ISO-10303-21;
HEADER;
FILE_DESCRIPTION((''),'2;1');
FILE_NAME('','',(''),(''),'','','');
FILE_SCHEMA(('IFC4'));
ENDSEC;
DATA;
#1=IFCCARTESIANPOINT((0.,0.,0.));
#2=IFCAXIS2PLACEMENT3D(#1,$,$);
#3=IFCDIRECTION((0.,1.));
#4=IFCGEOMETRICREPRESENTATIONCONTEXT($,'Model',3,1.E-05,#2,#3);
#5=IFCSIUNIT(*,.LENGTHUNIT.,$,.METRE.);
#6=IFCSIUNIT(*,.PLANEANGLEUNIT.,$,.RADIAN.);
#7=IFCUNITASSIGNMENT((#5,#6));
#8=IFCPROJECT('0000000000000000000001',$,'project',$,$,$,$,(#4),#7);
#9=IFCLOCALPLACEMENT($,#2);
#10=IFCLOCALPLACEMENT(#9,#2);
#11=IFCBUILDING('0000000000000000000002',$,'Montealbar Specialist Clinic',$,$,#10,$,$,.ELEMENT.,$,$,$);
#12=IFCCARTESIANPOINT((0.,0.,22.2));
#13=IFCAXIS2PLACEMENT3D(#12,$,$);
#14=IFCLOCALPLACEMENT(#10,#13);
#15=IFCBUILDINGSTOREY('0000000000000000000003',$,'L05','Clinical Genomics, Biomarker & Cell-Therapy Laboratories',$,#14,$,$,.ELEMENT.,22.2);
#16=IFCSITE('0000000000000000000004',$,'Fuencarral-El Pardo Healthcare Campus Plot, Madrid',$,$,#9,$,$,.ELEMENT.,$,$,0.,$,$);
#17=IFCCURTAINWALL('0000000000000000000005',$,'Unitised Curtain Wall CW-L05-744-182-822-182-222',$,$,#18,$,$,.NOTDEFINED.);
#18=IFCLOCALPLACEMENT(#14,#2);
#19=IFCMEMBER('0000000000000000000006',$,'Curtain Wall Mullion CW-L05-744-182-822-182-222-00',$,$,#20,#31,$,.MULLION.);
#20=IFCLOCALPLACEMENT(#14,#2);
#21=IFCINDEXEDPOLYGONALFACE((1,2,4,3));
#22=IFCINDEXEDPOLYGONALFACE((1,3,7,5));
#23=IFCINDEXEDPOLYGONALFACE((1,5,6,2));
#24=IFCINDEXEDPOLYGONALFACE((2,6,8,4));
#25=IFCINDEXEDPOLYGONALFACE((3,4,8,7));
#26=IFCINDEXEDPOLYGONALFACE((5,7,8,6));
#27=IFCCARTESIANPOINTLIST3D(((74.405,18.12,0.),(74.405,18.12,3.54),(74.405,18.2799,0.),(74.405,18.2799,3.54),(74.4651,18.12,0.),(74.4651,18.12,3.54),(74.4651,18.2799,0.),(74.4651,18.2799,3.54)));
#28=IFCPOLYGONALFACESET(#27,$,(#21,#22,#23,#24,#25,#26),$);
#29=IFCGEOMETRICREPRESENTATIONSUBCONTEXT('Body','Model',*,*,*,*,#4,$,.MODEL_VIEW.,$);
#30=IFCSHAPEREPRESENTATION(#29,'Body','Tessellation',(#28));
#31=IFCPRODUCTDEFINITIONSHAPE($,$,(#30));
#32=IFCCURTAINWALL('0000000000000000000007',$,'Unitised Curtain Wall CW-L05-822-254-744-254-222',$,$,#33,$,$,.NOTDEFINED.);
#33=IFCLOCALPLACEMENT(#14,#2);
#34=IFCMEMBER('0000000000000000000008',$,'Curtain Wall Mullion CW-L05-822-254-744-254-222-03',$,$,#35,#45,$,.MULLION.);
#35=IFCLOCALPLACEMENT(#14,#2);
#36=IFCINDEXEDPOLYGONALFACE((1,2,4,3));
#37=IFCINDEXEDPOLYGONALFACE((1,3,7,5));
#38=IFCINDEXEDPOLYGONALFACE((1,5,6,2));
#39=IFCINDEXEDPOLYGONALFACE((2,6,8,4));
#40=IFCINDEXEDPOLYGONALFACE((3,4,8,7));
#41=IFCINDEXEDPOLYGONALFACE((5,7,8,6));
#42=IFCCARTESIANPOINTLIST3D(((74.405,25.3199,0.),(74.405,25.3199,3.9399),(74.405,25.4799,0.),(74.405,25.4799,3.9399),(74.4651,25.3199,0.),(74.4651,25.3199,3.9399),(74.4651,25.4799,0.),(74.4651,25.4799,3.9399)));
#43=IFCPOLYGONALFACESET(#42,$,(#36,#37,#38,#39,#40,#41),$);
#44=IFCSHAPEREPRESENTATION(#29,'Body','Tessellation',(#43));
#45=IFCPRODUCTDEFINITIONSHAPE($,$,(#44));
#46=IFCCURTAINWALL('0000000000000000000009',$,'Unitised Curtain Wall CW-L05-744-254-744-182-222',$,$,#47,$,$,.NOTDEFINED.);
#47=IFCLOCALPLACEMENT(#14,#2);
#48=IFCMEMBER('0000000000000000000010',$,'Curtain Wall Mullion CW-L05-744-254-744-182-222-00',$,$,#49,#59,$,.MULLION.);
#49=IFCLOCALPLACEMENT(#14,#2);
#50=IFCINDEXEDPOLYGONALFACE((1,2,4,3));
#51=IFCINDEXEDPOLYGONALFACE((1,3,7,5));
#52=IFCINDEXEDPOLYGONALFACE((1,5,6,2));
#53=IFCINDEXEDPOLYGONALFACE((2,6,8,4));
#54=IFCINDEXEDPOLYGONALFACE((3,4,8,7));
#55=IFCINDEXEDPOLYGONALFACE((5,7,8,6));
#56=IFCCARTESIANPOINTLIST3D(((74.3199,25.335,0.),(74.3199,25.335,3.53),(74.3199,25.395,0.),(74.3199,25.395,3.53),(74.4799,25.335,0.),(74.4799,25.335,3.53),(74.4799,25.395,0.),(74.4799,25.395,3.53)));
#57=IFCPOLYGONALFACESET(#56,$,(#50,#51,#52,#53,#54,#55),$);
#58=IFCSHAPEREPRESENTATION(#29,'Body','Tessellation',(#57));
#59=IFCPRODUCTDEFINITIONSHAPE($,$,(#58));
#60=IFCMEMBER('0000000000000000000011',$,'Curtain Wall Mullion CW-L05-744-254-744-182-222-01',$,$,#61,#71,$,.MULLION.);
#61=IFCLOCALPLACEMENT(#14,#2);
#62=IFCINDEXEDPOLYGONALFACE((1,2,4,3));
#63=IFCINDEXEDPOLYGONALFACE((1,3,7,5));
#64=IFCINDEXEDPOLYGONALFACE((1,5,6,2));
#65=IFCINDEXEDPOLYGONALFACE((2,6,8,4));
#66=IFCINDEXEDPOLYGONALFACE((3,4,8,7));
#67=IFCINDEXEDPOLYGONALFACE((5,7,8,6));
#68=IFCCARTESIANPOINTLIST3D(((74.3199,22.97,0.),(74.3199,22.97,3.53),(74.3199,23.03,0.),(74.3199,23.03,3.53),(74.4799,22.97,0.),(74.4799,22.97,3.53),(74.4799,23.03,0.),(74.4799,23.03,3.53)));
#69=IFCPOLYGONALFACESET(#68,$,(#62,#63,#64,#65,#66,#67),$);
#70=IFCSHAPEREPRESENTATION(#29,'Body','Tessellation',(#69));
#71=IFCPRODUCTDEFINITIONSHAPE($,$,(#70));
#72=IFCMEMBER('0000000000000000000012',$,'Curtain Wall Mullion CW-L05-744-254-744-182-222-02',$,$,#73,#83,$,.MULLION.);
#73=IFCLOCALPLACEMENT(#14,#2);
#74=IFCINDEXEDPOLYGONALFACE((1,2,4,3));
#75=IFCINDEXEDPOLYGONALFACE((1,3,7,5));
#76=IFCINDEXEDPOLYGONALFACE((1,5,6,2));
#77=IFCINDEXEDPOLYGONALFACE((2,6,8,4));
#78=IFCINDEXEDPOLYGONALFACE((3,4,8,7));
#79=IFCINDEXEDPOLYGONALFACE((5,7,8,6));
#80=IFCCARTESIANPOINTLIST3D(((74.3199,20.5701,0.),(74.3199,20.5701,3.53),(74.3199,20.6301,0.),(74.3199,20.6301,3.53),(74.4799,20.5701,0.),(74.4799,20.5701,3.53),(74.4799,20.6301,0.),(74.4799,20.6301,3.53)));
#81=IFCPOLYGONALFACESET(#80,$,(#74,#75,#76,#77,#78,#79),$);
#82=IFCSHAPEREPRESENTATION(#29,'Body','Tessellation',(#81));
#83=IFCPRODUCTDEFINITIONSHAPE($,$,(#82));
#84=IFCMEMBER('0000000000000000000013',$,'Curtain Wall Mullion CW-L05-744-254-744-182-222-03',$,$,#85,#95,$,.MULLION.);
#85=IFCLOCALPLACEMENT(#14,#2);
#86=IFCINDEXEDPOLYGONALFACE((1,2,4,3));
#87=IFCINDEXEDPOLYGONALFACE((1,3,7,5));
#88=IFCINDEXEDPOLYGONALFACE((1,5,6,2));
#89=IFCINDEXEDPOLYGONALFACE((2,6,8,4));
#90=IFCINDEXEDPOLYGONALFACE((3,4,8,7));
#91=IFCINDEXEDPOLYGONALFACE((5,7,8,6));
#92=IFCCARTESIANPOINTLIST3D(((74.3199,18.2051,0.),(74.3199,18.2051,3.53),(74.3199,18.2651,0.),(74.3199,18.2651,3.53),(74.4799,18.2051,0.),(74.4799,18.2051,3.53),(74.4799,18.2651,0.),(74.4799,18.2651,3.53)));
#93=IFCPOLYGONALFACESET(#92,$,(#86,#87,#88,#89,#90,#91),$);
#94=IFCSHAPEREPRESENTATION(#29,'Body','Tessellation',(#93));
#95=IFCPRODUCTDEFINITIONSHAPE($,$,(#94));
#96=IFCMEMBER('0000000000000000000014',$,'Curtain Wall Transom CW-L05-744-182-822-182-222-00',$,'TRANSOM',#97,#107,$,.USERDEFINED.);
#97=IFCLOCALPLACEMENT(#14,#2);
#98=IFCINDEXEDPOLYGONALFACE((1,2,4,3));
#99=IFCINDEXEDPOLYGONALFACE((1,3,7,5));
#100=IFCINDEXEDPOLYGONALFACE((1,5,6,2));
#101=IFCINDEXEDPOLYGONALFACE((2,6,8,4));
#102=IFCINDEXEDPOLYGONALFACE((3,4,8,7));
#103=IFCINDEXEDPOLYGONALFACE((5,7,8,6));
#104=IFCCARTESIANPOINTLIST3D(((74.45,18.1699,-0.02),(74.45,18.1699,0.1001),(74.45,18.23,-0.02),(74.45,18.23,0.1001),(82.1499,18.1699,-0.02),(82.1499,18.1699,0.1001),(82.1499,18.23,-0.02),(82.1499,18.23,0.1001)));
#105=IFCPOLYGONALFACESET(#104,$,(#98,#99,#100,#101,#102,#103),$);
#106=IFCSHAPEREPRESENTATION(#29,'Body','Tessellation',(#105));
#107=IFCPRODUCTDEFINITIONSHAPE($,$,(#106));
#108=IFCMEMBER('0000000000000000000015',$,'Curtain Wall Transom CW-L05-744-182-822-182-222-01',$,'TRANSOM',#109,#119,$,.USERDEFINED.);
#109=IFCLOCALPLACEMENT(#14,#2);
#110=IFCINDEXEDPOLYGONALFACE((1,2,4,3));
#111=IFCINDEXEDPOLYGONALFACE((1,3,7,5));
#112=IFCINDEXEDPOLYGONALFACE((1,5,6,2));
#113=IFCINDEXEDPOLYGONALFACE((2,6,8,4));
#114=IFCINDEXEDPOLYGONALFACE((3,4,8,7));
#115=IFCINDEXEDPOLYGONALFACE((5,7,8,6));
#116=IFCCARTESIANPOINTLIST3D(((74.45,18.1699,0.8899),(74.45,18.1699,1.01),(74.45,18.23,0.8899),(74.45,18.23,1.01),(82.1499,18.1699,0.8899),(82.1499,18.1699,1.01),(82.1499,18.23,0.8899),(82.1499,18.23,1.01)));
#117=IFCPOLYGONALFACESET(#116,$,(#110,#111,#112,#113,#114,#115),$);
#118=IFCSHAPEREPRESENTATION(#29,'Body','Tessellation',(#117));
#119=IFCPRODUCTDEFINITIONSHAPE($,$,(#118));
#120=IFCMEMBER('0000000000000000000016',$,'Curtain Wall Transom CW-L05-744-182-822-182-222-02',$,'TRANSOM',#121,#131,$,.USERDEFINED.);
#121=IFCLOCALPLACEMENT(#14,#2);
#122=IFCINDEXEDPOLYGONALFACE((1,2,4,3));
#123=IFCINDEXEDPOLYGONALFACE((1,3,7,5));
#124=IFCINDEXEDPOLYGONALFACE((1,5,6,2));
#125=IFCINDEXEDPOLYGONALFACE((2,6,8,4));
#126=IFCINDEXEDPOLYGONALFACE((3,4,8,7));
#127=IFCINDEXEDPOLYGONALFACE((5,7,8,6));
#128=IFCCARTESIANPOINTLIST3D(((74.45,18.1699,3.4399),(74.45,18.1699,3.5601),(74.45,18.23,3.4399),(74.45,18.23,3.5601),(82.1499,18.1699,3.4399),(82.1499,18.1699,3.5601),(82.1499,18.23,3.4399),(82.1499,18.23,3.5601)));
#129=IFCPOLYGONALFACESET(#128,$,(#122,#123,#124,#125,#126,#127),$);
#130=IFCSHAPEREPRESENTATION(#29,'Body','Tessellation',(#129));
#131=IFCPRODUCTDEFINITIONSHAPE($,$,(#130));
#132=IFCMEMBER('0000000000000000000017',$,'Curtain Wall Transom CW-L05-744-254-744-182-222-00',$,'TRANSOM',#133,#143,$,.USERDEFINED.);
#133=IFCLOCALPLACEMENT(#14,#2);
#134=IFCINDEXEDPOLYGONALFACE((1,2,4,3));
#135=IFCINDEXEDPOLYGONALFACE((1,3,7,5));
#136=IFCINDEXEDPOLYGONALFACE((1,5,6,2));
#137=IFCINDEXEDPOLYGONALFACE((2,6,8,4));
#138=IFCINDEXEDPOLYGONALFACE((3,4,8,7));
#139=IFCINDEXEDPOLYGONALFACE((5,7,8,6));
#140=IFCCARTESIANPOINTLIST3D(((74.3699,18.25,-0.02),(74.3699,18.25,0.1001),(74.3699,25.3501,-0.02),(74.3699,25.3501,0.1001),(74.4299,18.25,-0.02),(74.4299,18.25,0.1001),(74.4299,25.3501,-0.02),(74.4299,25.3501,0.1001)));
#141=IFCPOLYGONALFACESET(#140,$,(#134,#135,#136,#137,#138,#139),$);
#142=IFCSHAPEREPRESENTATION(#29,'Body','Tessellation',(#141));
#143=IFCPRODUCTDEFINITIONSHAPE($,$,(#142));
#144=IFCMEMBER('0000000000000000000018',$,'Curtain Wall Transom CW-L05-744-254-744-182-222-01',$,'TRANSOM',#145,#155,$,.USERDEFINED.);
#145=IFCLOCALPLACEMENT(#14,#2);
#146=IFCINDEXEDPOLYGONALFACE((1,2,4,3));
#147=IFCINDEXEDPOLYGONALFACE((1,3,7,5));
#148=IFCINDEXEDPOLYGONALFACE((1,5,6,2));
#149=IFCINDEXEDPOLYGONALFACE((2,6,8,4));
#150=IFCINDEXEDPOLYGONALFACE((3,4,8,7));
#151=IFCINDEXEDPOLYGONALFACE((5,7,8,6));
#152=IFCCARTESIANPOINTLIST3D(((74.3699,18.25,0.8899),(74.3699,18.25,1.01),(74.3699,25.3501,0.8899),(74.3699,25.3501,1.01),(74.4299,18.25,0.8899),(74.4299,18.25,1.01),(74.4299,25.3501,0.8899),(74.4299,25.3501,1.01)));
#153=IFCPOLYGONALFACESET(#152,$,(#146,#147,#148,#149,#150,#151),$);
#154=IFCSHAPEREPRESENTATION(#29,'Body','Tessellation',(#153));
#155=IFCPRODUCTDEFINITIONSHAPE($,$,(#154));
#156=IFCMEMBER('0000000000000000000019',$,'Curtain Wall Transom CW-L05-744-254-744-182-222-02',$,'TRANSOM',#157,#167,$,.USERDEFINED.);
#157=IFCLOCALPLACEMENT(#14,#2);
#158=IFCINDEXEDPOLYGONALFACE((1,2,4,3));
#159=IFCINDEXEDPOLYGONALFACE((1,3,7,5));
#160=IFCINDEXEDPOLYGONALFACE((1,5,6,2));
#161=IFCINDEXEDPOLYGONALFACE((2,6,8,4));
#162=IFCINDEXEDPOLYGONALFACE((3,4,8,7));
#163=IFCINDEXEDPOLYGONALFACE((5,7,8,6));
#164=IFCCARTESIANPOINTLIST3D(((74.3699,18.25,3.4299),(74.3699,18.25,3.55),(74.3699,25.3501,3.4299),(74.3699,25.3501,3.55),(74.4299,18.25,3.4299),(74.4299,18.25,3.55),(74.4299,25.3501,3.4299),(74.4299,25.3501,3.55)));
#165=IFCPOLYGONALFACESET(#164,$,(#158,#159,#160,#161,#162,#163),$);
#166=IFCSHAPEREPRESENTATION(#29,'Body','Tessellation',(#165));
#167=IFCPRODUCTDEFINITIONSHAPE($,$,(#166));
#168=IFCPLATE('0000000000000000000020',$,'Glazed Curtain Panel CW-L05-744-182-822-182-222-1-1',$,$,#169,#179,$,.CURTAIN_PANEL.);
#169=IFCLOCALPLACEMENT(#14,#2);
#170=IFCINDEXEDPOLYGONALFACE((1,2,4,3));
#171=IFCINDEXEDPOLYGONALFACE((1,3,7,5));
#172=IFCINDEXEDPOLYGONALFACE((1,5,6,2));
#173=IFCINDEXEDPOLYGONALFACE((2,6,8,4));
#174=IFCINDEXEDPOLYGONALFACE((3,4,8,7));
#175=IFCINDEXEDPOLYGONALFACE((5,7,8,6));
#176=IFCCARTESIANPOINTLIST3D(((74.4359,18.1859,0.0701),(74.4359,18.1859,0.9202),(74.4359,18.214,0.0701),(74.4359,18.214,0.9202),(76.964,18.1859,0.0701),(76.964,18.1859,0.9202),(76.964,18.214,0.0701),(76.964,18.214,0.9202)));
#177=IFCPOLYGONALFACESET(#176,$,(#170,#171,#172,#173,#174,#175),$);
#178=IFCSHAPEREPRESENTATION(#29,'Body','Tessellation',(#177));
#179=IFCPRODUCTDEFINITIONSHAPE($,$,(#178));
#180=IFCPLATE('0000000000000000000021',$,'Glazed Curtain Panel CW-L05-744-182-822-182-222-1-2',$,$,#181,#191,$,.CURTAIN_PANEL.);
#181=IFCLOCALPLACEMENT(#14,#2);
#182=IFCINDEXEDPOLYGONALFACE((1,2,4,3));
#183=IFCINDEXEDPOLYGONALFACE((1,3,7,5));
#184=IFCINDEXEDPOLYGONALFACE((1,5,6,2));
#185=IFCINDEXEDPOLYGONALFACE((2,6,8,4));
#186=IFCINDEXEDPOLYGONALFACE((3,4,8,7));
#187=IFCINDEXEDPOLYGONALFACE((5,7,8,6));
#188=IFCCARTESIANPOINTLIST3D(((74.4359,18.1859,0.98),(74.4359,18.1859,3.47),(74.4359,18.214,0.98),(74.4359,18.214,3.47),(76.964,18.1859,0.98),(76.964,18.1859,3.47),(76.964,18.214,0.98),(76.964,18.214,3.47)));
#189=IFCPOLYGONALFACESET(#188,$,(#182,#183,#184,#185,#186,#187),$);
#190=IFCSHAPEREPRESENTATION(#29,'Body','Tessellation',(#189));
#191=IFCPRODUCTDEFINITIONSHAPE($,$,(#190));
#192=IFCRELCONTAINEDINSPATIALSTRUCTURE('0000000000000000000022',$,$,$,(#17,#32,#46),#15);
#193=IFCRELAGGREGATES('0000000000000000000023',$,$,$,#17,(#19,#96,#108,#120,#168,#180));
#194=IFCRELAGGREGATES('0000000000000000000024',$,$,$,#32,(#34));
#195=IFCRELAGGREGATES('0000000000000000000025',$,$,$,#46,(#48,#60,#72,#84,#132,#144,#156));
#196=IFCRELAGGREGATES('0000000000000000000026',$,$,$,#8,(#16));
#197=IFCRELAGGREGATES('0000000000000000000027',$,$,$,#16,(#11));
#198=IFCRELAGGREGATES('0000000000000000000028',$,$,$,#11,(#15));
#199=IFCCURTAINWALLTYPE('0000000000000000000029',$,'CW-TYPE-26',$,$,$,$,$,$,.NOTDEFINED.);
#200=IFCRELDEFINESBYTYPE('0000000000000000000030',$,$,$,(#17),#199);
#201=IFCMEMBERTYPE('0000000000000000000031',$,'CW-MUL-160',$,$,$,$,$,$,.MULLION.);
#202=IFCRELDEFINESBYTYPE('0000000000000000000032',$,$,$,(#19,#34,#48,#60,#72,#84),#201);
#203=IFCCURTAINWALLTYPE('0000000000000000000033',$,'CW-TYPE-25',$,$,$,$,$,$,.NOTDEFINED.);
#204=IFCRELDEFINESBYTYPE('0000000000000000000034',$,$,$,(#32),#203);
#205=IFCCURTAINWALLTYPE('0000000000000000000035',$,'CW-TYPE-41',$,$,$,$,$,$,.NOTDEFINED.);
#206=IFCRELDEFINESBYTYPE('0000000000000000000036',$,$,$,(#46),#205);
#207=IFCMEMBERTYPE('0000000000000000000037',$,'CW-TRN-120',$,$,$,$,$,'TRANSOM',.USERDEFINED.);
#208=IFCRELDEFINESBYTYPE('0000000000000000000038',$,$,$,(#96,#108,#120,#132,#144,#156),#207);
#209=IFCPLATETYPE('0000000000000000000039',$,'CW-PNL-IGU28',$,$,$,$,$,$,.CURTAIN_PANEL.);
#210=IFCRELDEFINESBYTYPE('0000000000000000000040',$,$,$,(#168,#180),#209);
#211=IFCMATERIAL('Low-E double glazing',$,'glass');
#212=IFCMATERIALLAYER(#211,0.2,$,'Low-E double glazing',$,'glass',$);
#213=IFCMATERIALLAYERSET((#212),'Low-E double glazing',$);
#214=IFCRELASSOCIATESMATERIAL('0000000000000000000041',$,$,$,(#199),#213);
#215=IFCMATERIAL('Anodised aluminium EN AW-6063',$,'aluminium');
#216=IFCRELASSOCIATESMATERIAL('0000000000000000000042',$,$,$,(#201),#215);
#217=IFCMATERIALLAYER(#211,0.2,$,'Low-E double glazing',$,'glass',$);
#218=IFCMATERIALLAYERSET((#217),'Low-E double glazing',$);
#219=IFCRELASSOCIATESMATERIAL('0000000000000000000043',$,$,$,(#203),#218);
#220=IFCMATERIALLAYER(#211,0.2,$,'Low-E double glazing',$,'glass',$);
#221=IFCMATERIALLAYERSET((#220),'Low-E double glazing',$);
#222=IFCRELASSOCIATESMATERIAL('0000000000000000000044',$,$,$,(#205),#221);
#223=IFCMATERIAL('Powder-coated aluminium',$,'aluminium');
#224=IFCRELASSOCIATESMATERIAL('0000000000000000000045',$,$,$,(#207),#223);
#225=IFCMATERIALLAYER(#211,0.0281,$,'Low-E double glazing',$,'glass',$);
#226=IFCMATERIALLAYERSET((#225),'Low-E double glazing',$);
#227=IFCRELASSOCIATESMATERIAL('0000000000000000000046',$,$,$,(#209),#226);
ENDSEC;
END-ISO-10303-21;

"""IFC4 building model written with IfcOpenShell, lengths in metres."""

from ifc_helpers import new_model, si_unit, direction, frame, origin, origin_2d, place, context, subcontext, project, spatial, rectangle, extrude, material, layer, layer_set, material_profile, profile_set, type_object, element, aggregate, save


model = new_model("IFC4")

# Units and contexts
model_context = context("Model", 3, precision=1e-05, world=origin(), true_north=direction((0.0, 1.0)))
body_context = subcontext(model_context, "Body", "Model", "MODEL_VIEW")
ifc_project = project(units=[si_unit("LENGTHUNIT", "METRE"), si_unit("PLANEANGLEUNIT", "RADIAN")], contexts=[model_context])

# Site, building, storey
site_placement = place(None, origin())
site = spatial("IfcSite", under=ifc_project, at=site_placement, Name="Fuencarral-El Pardo Healthcare Campus Plot, Madrid", CompositionType="ELEMENT", RefElevation=0.0)
building_placement = place(site_placement, origin())
building = spatial("IfcBuilding", under=site, at=building_placement, Name="Montealbar Specialist Clinic", CompositionType="ELEMENT")
storey_placement = place(building_placement, frame((0.0, 0.0, 22.2)))
storey = spatial("IfcBuildingStorey", under=building, at=storey_placement, Name="L05", Description="Clinical Genomics, Biomarker & Cell-Therapy Laboratories", CompositionType="ELEMENT", Elevation=22.2)

# Curtain walls, members
ifc_material_1 = material(Name="Low-E double glazing", Category="glass")
ifc_layer_1 = layer(ifc_material_1, 0.2, Name="Low-E double glazing", Category="glass")
ifc_layer_set_1 = layer_set([ifc_layer_1], Name="Low-E double glazing")
curtain_wall_type_1 = type_object("IfcCurtainWallType", Name="CW-TYPE-26", PredefinedType="NOTDEFINED", material=ifc_layer_set_1)
curtain_wall_1_placement = place(storey_placement, origin())
curtain_wall_1 = element("IfcCurtainWall", 1, at=curtain_wall_1_placement, inside=storey, type_object=curtain_wall_type_1, Name="Unitised Curtain Wall CW-L05-744-182-822-182-222", PredefinedType="NOTDEFINED")
ifc_material_2 = material(Name="Anodised aluminium EN AW-6063", Category="aluminium")
ifc_material_profile_1 = material_profile(ifc_material_2, rectangle(XDim=0.0601, YDim=0.1599, at=origin_2d()), Name="ALU 60x160", Category="aluminium")
ifc_profile_set_1 = profile_set([ifc_material_profile_1], Name="Anodised aluminium EN AW-6063")
member_type_1 = type_object("IfcMemberType", Name="CW-MUL-160", PredefinedType="MULLION", material=ifc_profile_set_1)
member_1_placement = place(storey_placement, frame((74.4351, 18.2, 0.0), z_axis=(0.0, 0.0, 1.0), x_axis=(1.0, 0.0, 0.0)))
member_1 = element("IfcMember", 2, at=member_1_placement, type_object=member_type_1, Name="Curtain Wall Mullion CW-L05-744-182-822-182-222-00", PredefinedType="MULLION", context=body_context, shape_type="SweptSolid", body=[
    extrude(rectangle(XDim=0.0601, YDim=0.1599, at=origin_2d()), origin(), (0.0, 0.0, 1.0), 3.54),
])
ifc_layer_2 = layer(ifc_material_1, 0.2, Name="Low-E double glazing", Category="glass")
ifc_layer_set_2 = layer_set([ifc_layer_2], Name="Low-E double glazing")
curtain_wall_type_2 = type_object("IfcCurtainWallType", Name="CW-TYPE-25", PredefinedType="NOTDEFINED", material=ifc_layer_set_2)
curtain_wall_2_placement = place(storey_placement, origin())
curtain_wall_2 = element("IfcCurtainWall", 3, at=curtain_wall_2_placement, inside=storey, type_object=curtain_wall_type_2, Name="Unitised Curtain Wall CW-L05-822-254-744-254-222", PredefinedType="NOTDEFINED")
member_2_placement = place(storey_placement, frame((74.4351, 25.3999, 0.0), z_axis=(0.0, 0.0, 1.0), x_axis=(-1.0, 0.0, 0.0)))
member_2 = element("IfcMember", 4, at=member_2_placement, type_object=member_type_1, Name="Curtain Wall Mullion CW-L05-822-254-744-254-222-03", PredefinedType="MULLION", context=body_context, shape_type="SweptSolid", body=[
    extrude(rectangle(XDim=0.0601, YDim=0.1599, at=origin_2d()), origin(), (0.0, 0.0, 1.0), 3.9399),
])

# Curtain wall, members
ifc_layer_3 = layer(ifc_material_1, 0.2, Name="Low-E double glazing", Category="glass")
ifc_layer_set_3 = layer_set([ifc_layer_3], Name="Low-E double glazing")
curtain_wall_type_3 = type_object("IfcCurtainWallType", Name="CW-TYPE-41", PredefinedType="NOTDEFINED", material=ifc_layer_set_3)
curtain_wall_3_placement = place(storey_placement, origin())
curtain_wall_3 = element("IfcCurtainWall", 5, at=curtain_wall_3_placement, inside=storey, type_object=curtain_wall_type_3, Name="Unitised Curtain Wall CW-L05-744-254-744-182-222", PredefinedType="NOTDEFINED")
member_3_placement = place(storey_placement, frame((74.3999, 25.365, 0.0), z_axis=(0.0, 0.0, 1.0), x_axis=(0.0, -1.0, 0.0)))
member_3 = element("IfcMember", 6, at=member_3_placement, type_object=member_type_1, Name="Curtain Wall Mullion CW-L05-744-254-744-182-222-00", PredefinedType="MULLION", context=body_context, shape_type="SweptSolid", body=[
    extrude(rectangle(XDim=0.0601, YDim=0.1599, at=origin_2d()), origin(), (0.0, 0.0, 1.0), 3.53),
])
member_4_placement = place(storey_placement, frame((74.3999, 23.0, 0.0), z_axis=(0.0, 0.0, 1.0), x_axis=(0.0, -1.0, 0.0)))
member_4 = element("IfcMember", 7, at=member_4_placement, type_object=member_type_1, Name="Curtain Wall Mullion CW-L05-744-254-744-182-222-01", PredefinedType="MULLION", context=body_context, shape_type="SweptSolid", body=[
    extrude(rectangle(XDim=0.0601, YDim=0.1599, at=origin_2d()), origin(), (0.0, 0.0, 1.0), 3.53),
])
member_5_placement = place(storey_placement, frame((74.3999, 20.6001, 0.0), z_axis=(0.0, 0.0, 1.0), x_axis=(0.0, -1.0, 0.0)))
member_5 = element("IfcMember", 8, at=member_5_placement, type_object=member_type_1, Name="Curtain Wall Mullion CW-L05-744-254-744-182-222-02", PredefinedType="MULLION", context=body_context, shape_type="SweptSolid", body=[
    extrude(rectangle(XDim=0.0601, YDim=0.1599, at=origin_2d()), origin(), (0.0, 0.0, 1.0), 3.53),
])
member_6_placement = place(storey_placement, frame((74.3999, 18.2351, 0.0), z_axis=(0.0, 0.0, 1.0), x_axis=(0.0, -1.0, 0.0)))
member_6 = element("IfcMember", 9, at=member_6_placement, type_object=member_type_1, Name="Curtain Wall Mullion CW-L05-744-254-744-182-222-03", PredefinedType="MULLION", context=body_context, shape_type="SweptSolid", body=[
    extrude(rectangle(XDim=0.0601, YDim=0.1599, at=origin_2d()), origin(), (0.0, 0.0, 1.0), 3.53),
])

# Members
ifc_material_3 = material(Name="Powder-coated aluminium", Category="aluminium")
ifc_material_profile_2 = material_profile(ifc_material_3, rectangle(XDim=0.0601, YDim=0.1201, at=origin_2d()), Name="ALU 60x120", Category="aluminium")
ifc_profile_set_2 = profile_set([ifc_material_profile_2], Name="Powder-coated aluminium")
member_type_2 = type_object("IfcMemberType", Name="CW-TRN-120", ElementType="TRANSOM", PredefinedType="USERDEFINED", material=ifc_profile_set_2)
member_7_placement = place(storey_placement, frame((74.45, 18.2, 0.04), z_axis=(1.0, 0.0, 0.0), x_axis=(0.0, 1.0, 0.0)))
member_7 = element("IfcMember", 10, at=member_7_placement, type_object=member_type_2, Name="Curtain Wall Transom CW-L05-744-182-822-182-222-00", ObjectType="TRANSOM", PredefinedType="USERDEFINED", context=body_context, shape_type="SweptSolid", body=[
    extrude(rectangle(XDim=0.0601, YDim=0.1201, at=origin_2d()), origin(), (0.0, 0.0, 1.0), 7.7),
])
member_8_placement = place(storey_placement, frame((74.45, 18.2, 0.95), z_axis=(1.0, 0.0, 0.0), x_axis=(0.0, 1.0, 0.0)))
member_8 = element("IfcMember", 11, at=member_8_placement, type_object=member_type_2, Name="Curtain Wall Transom CW-L05-744-182-822-182-222-01", ObjectType="TRANSOM", PredefinedType="USERDEFINED", context=body_context, shape_type="SweptSolid", body=[
    extrude(rectangle(XDim=0.0601, YDim=0.1201, at=origin_2d()), origin(), (0.0, 0.0, 1.0), 7.7),
])
member_9_placement = place(storey_placement, frame((74.45, 18.2, 3.5), z_axis=(1.0, 0.0, 0.0), x_axis=(0.0, 1.0, 0.0)))
member_9 = element("IfcMember", 12, at=member_9_placement, type_object=member_type_2, Name="Curtain Wall Transom CW-L05-744-182-822-182-222-02", ObjectType="TRANSOM", PredefinedType="USERDEFINED", context=body_context, shape_type="SweptSolid", body=[
    extrude(rectangle(XDim=0.0601, YDim=0.1201, at=origin_2d()), origin(), (0.0, 0.0, 1.0), 7.7),
])
member_10_placement = place(storey_placement, frame((74.3999, 25.3501, 0.04), z_axis=(0.0, -1.0, 0.0), x_axis=(1.0, 0.0, 0.0)))
member_10 = element("IfcMember", 13, at=member_10_placement, type_object=member_type_2, Name="Curtain Wall Transom CW-L05-744-254-744-182-222-00", ObjectType="TRANSOM", PredefinedType="USERDEFINED", context=body_context, shape_type="SweptSolid", body=[
    extrude(rectangle(XDim=0.0601, YDim=0.1201, at=origin_2d()), origin(), (0.0, 0.0, 1.0), 7.1001),
])
member_11_placement = place(storey_placement, frame((74.3999, 25.3501, 0.95), z_axis=(0.0, -1.0, 0.0), x_axis=(1.0, 0.0, 0.0)))
member_11 = element("IfcMember", 14, at=member_11_placement, type_object=member_type_2, Name="Curtain Wall Transom CW-L05-744-254-744-182-222-01", ObjectType="TRANSOM", PredefinedType="USERDEFINED", context=body_context, shape_type="SweptSolid", body=[
    extrude(rectangle(XDim=0.0601, YDim=0.1201, at=origin_2d()), origin(), (0.0, 0.0, 1.0), 7.1001),
])
member_12_placement = place(storey_placement, frame((74.3999, 25.3501, 3.49), z_axis=(0.0, -1.0, 0.0), x_axis=(1.0, 0.0, 0.0)))
member_12 = element("IfcMember", 15, at=member_12_placement, type_object=member_type_2, Name="Curtain Wall Transom CW-L05-744-254-744-182-222-02", ObjectType="TRANSOM", PredefinedType="USERDEFINED", context=body_context, shape_type="SweptSolid", body=[
    extrude(rectangle(XDim=0.0601, YDim=0.1201, at=origin_2d()), origin(), (0.0, 0.0, 1.0), 7.1001),
])

# Plates
ifc_layer_4 = layer(ifc_material_1, 0.0281, Name="Low-E double glazing", Category="glass")
ifc_layer_set_4 = layer_set([ifc_layer_4], Name="Low-E double glazing")
plate_type = type_object("IfcPlateType", Name="CW-PNL-IGU28", PredefinedType="CURTAIN_PANEL", material=ifc_layer_set_4)
plate_1_placement = place(storey_placement, frame((75.7, 18.2, 0.0701), z_axis=(0.0, 0.0, 1.0), x_axis=(1.0, 0.0, 0.0)))
plate_1 = element("IfcPlate", 16, at=plate_1_placement, type_object=plate_type, Name="Glazed Curtain Panel CW-L05-744-182-822-182-222-1-1", PredefinedType="CURTAIN_PANEL", context=body_context, shape_type="SweptSolid", body=[
    extrude(rectangle(XDim=2.5281, YDim=0.0281, at=origin_2d()), origin(), (0.0, 0.0, 1.0), 0.8501),
])
plate_2_placement = place(storey_placement, frame((75.7, 18.2, 0.98), z_axis=(0.0, 0.0, 1.0), x_axis=(1.0, 0.0, 0.0)))
plate_2 = element("IfcPlate", 17, at=plate_2_placement, type_object=plate_type, Name="Glazed Curtain Panel CW-L05-744-182-822-182-222-1-2", PredefinedType="CURTAIN_PANEL", context=body_context, shape_type="SweptSolid", body=[
    extrude(rectangle(XDim=2.5281, YDim=0.0281, at=origin_2d()), origin(), (0.0, 0.0, 1.0), 2.49),
])
aggregate(curtain_wall_1, [member_1, member_7, member_8, member_9, plate_1, plate_2])
aggregate(curtain_wall_2, [member_2])
aggregate(curtain_wall_3, [member_3, member_4, member_5, member_6, member_10, member_11, member_12])

save(model, "model.ifc")
